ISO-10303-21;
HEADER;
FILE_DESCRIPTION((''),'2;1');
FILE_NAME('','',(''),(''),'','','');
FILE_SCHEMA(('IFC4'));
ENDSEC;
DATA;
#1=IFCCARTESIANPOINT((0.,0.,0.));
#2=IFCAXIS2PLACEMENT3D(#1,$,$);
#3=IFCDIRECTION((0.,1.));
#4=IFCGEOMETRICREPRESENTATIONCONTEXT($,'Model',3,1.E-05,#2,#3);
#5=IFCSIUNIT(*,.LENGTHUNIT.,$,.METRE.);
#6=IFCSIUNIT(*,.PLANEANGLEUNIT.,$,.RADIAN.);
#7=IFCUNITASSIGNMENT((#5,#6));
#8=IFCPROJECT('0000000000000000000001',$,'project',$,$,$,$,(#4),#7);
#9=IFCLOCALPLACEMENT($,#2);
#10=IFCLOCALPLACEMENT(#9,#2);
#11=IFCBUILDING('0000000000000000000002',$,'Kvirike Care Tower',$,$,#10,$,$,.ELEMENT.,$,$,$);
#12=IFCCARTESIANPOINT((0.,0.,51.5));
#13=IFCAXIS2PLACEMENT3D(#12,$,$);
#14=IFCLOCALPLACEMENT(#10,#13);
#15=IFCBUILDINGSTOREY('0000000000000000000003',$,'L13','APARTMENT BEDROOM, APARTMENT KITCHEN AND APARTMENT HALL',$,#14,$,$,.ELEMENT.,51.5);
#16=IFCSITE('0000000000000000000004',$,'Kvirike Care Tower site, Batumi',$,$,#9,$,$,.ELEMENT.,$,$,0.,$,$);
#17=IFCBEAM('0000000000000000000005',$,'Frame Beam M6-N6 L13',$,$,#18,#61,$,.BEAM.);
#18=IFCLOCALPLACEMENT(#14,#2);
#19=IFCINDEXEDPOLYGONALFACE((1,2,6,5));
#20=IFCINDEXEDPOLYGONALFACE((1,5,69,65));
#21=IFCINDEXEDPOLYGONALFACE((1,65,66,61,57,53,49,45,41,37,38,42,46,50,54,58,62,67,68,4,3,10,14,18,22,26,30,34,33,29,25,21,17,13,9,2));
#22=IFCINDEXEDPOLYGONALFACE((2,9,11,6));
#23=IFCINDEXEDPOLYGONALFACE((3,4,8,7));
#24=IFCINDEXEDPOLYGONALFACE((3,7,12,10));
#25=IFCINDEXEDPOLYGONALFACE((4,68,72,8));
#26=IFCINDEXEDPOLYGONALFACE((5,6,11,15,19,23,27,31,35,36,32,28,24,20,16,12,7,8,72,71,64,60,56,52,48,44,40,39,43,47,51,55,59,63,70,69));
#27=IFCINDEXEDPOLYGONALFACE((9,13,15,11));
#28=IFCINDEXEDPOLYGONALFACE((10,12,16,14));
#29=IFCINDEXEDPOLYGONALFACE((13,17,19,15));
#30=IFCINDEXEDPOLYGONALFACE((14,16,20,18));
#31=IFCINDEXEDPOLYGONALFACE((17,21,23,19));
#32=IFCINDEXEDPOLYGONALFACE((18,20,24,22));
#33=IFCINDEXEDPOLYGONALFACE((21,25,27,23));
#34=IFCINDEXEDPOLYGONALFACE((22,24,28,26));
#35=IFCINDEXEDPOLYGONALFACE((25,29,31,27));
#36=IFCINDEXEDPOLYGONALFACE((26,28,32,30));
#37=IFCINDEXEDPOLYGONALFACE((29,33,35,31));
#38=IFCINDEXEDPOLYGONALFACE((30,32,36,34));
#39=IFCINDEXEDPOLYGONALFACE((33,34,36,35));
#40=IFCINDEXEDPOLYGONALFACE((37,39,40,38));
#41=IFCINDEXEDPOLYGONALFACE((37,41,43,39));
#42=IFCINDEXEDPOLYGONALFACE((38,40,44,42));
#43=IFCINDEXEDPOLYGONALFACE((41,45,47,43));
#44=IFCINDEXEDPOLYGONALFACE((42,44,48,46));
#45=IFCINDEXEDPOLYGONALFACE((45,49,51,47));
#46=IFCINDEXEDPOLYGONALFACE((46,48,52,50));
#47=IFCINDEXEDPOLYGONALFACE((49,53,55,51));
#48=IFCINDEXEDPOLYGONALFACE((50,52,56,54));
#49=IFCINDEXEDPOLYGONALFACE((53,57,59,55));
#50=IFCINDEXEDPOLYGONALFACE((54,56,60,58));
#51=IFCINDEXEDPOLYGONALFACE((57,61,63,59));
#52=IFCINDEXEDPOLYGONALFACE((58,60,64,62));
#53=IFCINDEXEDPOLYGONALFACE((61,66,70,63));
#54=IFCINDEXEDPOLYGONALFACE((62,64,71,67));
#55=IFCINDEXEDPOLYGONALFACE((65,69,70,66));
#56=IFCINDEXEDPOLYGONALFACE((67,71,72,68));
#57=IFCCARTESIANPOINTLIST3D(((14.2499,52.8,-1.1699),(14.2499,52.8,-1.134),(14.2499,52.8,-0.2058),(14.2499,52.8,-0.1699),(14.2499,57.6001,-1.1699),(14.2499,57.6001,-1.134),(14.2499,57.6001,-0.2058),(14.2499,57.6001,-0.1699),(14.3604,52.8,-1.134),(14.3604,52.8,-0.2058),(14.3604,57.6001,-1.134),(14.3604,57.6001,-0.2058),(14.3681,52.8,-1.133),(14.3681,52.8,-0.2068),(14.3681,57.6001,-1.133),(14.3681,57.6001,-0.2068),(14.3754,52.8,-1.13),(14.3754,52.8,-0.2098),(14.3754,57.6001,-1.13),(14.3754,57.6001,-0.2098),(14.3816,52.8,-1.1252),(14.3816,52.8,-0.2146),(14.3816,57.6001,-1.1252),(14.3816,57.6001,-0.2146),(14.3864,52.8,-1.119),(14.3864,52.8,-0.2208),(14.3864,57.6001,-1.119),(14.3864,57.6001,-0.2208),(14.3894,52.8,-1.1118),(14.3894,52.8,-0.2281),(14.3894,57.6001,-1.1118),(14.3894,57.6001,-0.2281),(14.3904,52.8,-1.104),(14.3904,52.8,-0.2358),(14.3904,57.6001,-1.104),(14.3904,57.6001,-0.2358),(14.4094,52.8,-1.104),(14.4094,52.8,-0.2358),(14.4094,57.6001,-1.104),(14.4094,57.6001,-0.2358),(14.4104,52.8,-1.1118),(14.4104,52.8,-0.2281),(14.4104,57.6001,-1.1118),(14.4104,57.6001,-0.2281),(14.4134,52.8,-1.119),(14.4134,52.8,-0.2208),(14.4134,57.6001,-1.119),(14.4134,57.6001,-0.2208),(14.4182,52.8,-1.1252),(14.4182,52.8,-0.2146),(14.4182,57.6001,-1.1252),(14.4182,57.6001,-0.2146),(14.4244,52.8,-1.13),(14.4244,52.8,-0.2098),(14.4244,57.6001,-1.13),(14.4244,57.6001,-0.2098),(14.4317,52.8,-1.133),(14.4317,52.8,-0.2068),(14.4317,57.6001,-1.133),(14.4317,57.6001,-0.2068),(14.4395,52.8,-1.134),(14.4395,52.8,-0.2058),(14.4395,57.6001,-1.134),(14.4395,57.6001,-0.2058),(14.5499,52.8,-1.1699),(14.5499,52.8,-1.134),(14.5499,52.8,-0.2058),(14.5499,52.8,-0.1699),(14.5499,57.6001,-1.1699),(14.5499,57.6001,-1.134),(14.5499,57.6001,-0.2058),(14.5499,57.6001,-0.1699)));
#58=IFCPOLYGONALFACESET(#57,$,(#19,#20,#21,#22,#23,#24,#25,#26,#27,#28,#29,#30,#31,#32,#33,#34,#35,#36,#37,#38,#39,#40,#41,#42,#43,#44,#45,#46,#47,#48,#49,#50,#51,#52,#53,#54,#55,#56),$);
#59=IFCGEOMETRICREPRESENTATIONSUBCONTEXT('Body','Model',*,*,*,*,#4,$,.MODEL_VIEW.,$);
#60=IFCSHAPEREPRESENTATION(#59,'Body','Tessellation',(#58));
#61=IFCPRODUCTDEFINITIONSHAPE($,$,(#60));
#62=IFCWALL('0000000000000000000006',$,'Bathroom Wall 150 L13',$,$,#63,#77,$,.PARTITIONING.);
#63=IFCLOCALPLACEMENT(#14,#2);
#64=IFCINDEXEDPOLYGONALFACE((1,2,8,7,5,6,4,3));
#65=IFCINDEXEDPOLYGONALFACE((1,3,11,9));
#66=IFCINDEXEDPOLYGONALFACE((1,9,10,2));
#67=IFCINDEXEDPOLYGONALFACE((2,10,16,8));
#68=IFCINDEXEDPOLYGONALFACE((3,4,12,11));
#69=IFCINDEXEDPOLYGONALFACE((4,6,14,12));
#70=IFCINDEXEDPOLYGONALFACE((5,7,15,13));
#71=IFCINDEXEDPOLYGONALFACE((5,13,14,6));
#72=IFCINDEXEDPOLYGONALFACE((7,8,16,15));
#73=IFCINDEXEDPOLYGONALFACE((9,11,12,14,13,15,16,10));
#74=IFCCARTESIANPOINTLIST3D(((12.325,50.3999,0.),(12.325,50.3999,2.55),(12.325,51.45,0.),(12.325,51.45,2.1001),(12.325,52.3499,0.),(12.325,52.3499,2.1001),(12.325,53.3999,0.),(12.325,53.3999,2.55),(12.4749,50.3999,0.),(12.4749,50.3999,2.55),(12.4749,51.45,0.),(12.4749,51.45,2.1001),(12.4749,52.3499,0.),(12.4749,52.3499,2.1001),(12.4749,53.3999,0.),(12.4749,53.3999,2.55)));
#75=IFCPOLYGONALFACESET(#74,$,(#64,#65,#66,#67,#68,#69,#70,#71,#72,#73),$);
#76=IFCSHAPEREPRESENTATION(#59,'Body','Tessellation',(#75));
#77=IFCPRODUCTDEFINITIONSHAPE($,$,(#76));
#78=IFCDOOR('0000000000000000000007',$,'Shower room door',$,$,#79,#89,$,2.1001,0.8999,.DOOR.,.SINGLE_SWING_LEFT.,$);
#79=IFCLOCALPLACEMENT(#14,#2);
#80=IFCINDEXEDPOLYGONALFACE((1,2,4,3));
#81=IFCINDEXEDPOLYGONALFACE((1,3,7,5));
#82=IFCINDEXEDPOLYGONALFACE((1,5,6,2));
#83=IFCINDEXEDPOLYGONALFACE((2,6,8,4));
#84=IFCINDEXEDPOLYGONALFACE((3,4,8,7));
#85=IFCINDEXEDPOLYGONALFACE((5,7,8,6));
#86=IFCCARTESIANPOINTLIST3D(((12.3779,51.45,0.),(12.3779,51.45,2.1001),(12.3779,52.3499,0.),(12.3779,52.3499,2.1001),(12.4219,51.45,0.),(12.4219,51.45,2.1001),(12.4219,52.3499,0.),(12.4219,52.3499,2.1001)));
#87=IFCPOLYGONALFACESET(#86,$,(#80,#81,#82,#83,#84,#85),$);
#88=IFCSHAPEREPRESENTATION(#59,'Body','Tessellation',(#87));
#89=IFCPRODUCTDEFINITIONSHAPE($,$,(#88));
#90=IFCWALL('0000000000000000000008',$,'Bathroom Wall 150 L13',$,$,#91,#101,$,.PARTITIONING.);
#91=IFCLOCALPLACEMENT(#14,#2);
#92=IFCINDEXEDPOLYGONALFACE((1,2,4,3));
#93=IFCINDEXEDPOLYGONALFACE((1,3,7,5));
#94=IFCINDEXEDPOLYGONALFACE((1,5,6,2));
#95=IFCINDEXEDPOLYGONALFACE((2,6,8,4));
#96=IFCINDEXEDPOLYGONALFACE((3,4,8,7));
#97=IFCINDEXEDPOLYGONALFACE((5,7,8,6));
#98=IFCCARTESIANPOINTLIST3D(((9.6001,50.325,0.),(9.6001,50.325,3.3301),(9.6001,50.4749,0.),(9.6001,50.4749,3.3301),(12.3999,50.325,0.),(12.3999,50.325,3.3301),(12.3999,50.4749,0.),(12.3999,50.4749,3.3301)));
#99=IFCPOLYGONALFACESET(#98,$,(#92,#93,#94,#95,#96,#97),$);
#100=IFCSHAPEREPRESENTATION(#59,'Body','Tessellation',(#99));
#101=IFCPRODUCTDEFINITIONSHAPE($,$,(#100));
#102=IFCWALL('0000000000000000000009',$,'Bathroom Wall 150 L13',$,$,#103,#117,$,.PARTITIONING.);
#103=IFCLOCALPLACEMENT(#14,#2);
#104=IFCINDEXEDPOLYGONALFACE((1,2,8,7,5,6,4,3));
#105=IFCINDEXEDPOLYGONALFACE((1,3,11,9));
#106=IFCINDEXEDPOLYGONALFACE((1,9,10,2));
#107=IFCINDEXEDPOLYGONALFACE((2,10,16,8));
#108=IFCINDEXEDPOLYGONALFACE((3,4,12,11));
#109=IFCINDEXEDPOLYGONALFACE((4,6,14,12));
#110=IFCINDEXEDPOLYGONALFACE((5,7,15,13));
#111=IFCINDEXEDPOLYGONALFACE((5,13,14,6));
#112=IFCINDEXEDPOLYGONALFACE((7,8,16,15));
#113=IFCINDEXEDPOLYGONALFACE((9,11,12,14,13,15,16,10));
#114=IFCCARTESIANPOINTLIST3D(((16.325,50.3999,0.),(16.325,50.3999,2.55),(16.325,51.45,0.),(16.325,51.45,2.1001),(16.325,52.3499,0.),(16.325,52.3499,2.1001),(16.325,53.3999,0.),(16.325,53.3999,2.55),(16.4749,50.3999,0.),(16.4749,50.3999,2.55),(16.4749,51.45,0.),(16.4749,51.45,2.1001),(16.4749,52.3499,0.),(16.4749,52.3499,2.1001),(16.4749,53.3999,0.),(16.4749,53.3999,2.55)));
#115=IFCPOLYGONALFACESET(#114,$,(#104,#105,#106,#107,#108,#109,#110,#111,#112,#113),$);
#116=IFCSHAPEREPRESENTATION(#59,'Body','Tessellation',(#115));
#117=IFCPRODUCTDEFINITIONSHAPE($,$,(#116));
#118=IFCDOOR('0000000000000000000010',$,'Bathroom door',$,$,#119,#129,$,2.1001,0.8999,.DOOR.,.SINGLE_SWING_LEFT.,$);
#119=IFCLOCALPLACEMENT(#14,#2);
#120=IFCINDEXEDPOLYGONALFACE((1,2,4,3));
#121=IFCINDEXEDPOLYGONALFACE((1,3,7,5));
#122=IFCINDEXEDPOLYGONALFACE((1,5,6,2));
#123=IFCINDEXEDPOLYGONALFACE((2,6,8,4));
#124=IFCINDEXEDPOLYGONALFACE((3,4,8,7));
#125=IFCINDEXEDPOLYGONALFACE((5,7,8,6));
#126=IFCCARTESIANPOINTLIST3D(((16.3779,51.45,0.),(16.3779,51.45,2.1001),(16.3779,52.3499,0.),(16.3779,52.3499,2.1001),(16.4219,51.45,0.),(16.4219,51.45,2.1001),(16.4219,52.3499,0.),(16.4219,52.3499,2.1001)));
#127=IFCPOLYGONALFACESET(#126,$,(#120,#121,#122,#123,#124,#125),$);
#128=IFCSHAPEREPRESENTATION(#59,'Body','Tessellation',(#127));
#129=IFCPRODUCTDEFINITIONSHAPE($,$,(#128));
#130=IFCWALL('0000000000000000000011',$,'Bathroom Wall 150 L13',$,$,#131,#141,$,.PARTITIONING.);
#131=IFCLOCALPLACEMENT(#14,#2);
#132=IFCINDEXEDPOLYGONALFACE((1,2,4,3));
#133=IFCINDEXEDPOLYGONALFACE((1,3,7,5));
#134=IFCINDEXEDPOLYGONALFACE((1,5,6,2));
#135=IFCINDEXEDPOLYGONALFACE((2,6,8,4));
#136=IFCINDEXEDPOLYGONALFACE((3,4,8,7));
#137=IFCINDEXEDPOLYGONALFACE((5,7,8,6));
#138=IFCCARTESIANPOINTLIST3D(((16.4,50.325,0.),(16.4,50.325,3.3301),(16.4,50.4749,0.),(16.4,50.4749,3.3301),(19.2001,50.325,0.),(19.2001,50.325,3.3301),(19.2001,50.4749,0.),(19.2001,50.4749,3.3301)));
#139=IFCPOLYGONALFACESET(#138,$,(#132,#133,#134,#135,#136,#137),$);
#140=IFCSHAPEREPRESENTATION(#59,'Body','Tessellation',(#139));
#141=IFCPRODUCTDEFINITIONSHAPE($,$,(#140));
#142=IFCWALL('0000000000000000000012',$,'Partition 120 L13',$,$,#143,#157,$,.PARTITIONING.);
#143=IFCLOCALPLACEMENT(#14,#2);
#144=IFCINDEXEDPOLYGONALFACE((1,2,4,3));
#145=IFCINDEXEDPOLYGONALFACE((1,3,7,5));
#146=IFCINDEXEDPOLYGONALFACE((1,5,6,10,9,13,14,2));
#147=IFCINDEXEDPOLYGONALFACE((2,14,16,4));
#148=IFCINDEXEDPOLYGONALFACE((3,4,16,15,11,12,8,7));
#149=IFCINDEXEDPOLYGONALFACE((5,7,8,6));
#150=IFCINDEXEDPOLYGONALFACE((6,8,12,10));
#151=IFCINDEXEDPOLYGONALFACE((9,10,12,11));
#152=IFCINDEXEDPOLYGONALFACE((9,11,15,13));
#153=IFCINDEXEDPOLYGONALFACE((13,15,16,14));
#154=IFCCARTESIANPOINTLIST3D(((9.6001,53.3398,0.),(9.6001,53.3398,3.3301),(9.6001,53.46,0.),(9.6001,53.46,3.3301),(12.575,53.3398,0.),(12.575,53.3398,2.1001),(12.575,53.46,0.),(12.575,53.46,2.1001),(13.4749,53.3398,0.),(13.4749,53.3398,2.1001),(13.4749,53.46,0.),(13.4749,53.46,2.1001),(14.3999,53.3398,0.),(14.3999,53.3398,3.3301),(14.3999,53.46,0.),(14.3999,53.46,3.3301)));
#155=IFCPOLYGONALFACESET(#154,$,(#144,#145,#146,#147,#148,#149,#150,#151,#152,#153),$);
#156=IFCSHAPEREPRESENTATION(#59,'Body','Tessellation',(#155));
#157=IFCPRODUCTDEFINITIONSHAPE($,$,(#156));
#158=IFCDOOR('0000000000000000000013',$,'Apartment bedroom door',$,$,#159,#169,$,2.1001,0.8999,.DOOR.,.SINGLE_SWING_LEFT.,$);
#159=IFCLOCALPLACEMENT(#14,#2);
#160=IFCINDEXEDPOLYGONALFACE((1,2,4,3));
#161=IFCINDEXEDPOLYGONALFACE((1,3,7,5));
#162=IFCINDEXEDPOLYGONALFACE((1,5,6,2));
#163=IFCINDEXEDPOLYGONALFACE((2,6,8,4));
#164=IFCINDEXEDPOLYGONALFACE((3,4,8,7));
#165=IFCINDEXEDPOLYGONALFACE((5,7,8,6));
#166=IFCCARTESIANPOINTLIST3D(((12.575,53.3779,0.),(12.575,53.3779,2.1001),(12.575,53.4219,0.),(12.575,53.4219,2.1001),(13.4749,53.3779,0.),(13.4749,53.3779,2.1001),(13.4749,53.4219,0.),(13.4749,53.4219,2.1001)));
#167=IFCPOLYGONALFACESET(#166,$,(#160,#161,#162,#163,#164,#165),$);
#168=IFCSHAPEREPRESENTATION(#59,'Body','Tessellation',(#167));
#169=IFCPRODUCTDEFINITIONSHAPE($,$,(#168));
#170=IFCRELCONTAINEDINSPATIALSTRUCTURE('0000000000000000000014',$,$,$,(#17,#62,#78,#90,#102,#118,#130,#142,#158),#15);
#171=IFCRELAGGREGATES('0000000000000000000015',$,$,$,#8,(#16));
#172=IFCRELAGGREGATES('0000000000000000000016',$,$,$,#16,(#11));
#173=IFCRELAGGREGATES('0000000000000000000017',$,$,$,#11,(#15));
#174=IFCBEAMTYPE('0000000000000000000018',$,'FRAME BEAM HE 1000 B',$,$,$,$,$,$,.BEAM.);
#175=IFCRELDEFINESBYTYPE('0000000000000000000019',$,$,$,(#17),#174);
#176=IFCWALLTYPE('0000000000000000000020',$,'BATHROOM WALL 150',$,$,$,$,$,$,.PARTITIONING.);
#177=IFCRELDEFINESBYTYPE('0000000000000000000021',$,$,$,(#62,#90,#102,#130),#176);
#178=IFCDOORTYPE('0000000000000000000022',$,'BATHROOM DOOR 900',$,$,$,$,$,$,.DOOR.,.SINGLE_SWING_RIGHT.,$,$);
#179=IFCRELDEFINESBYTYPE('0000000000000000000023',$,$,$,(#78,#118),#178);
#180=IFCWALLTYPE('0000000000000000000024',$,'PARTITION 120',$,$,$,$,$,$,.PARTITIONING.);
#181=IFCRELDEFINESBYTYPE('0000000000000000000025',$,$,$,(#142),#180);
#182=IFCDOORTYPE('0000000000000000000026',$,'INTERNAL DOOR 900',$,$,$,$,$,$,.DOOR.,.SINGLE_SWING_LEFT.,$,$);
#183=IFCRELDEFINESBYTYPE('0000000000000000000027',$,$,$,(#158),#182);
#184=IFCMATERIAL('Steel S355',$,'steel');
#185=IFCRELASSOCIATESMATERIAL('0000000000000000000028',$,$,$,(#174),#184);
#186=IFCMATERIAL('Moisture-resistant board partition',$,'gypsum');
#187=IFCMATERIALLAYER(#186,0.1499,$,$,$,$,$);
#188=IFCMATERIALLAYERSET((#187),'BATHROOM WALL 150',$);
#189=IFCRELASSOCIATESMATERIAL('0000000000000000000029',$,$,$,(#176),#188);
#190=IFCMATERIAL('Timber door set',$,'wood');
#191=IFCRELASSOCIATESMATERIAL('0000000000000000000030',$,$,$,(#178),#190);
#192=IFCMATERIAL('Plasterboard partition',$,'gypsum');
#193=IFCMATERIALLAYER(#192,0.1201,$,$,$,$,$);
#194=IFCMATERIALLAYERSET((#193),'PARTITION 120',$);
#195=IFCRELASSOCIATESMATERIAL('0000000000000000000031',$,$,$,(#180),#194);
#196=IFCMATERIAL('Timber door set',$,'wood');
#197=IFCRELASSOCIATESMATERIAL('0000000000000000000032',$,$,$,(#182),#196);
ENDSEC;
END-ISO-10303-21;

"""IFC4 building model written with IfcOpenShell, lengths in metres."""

from ifc_helpers import new_model, si_unit, direction, frame, frame_2d, origin, origin_2d, place, context, subcontext, project, spatial, rectangle, i_section, extrude, material, layer, layer_set, material_profile, profile_set, type_object, element, fill, save


model = new_model("IFC4")

# Units and contexts
model_context = context("Model", 3, precision=1e-05, world=origin(), true_north=direction((0.0, 1.0)))
body_context = subcontext(model_context, "Body", "Model", "MODEL_VIEW")
ifc_project = project(units=[si_unit("LENGTHUNIT", "METRE"), si_unit("PLANEANGLEUNIT", "RADIAN")], contexts=[model_context])

# Site, building, storey
site_placement = place(None, origin())
site = spatial("IfcSite", under=ifc_project, at=site_placement, Name="Kvirike Care Tower site, Batumi", CompositionType="ELEMENT", RefElevation=0.0)
building_placement = place(site_placement, origin())
building = spatial("IfcBuilding", under=site, at=building_placement, Name="Kvirike Care Tower", CompositionType="ELEMENT")
storey_placement = place(building_placement, frame((0.0, 0.0, 51.5)))
storey = spatial("IfcBuildingStorey", under=building, at=storey_placement, Name="L13", Description="APARTMENT BEDROOM, APARTMENT KITCHEN AND APARTMENT HALL", CompositionType="ELEMENT", Elevation=51.5)

# Beam
ifc_material_1 = material(Name="Steel S355", Category="steel")
ifc_material_profile_1 = material_profile(ifc_material_1, i_section(OverallWidth=0.3, OverallDepth=1.0, WebThickness=0.019, FlangeThickness=0.0359, FilletRadius=0.03, at=origin_2d()), Name="HE 1000 B")
ifc_profile_set_1 = profile_set([ifc_material_profile_1], Name="Steel S355")
beam_type_1 = type_object("IfcBeamType", Name="FRAME BEAM HE 1000 B", PredefinedType="BEAM", material=ifc_profile_set_1)
for number, where, z_axis, x_axis, name in (
    (1, (14.3999, 52.8, -0.6699), (0.0, 1.0, 0.0), (-1.0, 0.0, 0.0), "Frame Beam M6-N6 L13"),
):
    element("IfcBeam", number, at=place(storey_placement, frame(where, z_axis=z_axis, x_axis=x_axis)), inside=storey, type_object=beam_type_1, Name=name, PredefinedType="BEAM", context=body_context, shape_type="SweptSolid", body=[
        extrude(i_section(OverallWidth=0.3, OverallDepth=1.0, WebThickness=0.019, FlangeThickness=0.0359, FilletRadius=0.03, at=origin_2d()), origin(), (0.0, 0.0, 1.0), 4.8),
    ])

# Wall, opening, door
ifc_material_2 = material(Name="Moisture-resistant board partition", Category="gypsum")
ifc_layer_1 = layer(ifc_material_2, 0.1499)
ifc_layer_set_1 = layer_set([ifc_layer_1], Name="BATHROOM WALL 150")
wall_type_1 = type_object("IfcWallType", Name="BATHROOM WALL 150", PredefinedType="PARTITIONING", material=ifc_layer_set_1)
wall_1_placement = place(storey_placement, frame((12.3999, 53.3999, 0.0), z_axis=(0.0, 0.0, 1.0), x_axis=(0.0, -1.0, 0.0)))
wall_1 = element("IfcWall", 2, at=wall_1_placement, inside=storey, type_object=wall_type_1, Name="Bathroom Wall 150 L13", PredefinedType="PARTITIONING", context=body_context, shape_type="SweptSolid", body=[
    extrude(rectangle(XDim=3.0, YDim=0.1499, at=frame_2d((1.5, 0.0))), origin(), (0.0, 0.0, 1.0), 2.55),
])
opening_1_placement = place(wall_1_placement, frame((1.05, 0.0, 0.0)))
opening_1 = element("IfcOpeningElement", 3, at=opening_1_placement, cuts=wall_1, PredefinedType="OPENING", context=body_context, shape_type="SweptSolid", body=[
    extrude(rectangle(XDim=0.8999, YDim=2.1001, at=frame_2d((0.45, 1.05))), frame((0.0, 0.0854, 0.0), z_axis=(0.0, -1.0, 0.0), x_axis=(1.0, 0.0, 0.0)), (0.0, 0.0, 1.0), 0.1709),
])
ifc_material_3 = material(Name="Timber door set", Category="wood")
door_type_1 = type_object("IfcDoorType", Name="BATHROOM DOOR 900", OperationType="SINGLE_SWING_RIGHT", PredefinedType="DOOR", material=ifc_material_3)
door_1_placement = place(opening_1_placement, frame((0.8999, 0.0, 0.0), z_axis=(0.0, 0.0, 1.0), x_axis=(-1.0, 0.0, 0.0)))
door_1 = element("IfcDoor", 4, at=door_1_placement, inside=storey, type_object=door_type_1, Name="Shower room door", OperationType="SINGLE_SWING_LEFT", OverallHeight=2.1001, OverallWidth=0.8999, PredefinedType="DOOR", context=body_context, shape_type="SweptSolid", body=[
    extrude(rectangle(XDim=0.8999, YDim=2.1001, at=frame_2d((0.45, 1.05))), frame((0.0, 0.022, 0.0), z_axis=(0.0, -1.0, 0.0), x_axis=(1.0, 0.0, 0.0)), (0.0, 0.0, 1.0), 0.0439),
])
fill(opening_1, door_1)

# Wall
wall_2_placement = place(storey_placement, frame((12.3999, 50.3999, 0.0), z_axis=(0.0, 0.0, 1.0), x_axis=(-1.0, 0.0, 0.0)))
element("IfcWall", 5, at=wall_2_placement, inside=storey, type_object=wall_type_1, Name="Bathroom Wall 150 L13", PredefinedType="PARTITIONING", context=body_context, shape_type="SweptSolid", body=[
    extrude(rectangle(XDim=2.7998, YDim=0.1499, at=frame_2d((1.3999, 0.0))), origin(), (0.0, 0.0, 1.0), 3.3301),
])

# Wall, opening, door
wall_3_placement = place(storey_placement, frame((16.3999, 53.3999, 0.0), z_axis=(0.0, 0.0, 1.0), x_axis=(0.0, -1.0, 0.0)))
wall_3 = element("IfcWall", 6, at=wall_3_placement, inside=storey, type_object=wall_type_1, Name="Bathroom Wall 150 L13", PredefinedType="PARTITIONING", context=body_context, shape_type="SweptSolid", body=[
    extrude(rectangle(XDim=3.0, YDim=0.1499, at=frame_2d((1.5, 0.0))), origin(), (0.0, 0.0, 1.0), 2.55),
])
opening_2_placement = place(wall_3_placement, frame((1.05, 0.0, 0.0)))
opening_2 = element("IfcOpeningElement", 7, at=opening_2_placement, cuts=wall_3, PredefinedType="OPENING", context=body_context, shape_type="SweptSolid", body=[
    extrude(rectangle(XDim=0.8999, YDim=2.1001, at=frame_2d((0.45, 1.05))), frame((0.0, 0.0854, 0.0), z_axis=(0.0, -1.0, 0.0), x_axis=(1.0, 0.0, 0.0)), (0.0, 0.0, 1.0), 0.1709),
])
door_2_placement = place(opening_2_placement, origin())
door_2 = element("IfcDoor", 8, at=door_2_placement, inside=storey, type_object=door_type_1, Name="Bathroom door", OperationType="SINGLE_SWING_LEFT", OverallHeight=2.1001, OverallWidth=0.8999, PredefinedType="DOOR", context=body_context, shape_type="SweptSolid", body=[
    extrude(rectangle(XDim=0.8999, YDim=2.1001, at=frame_2d((0.45, 1.05))), frame((0.0, 0.022, 0.0), z_axis=(0.0, -1.0, 0.0), x_axis=(1.0, 0.0, 0.0)), (0.0, 0.0, 1.0), 0.0439),
])
fill(opening_2, door_2)

# Wall
wall_4_placement = place(storey_placement, frame((19.2, 50.3999, 0.0), z_axis=(0.0, 0.0, 1.0), x_axis=(-1.0, 0.0, 0.0)))
element("IfcWall", 9, at=wall_4_placement, inside=storey, type_object=wall_type_1, Name="Bathroom Wall 150 L13", PredefinedType="PARTITIONING", context=body_context, shape_type="SweptSolid", body=[
    extrude(rectangle(XDim=2.8, YDim=0.1499, at=frame_2d((1.3999, 0.0))), origin(), (0.0, 0.0, 1.0), 3.3301),
])

# Wall, opening, door
ifc_material_4 = material(Name="Plasterboard partition", Category="gypsum")
ifc_layer_2 = layer(ifc_material_4, 0.1201)
ifc_layer_set_2 = layer_set([ifc_layer_2], Name="PARTITION 120")
wall_type_2 = type_object("IfcWallType", Name="PARTITION 120", PredefinedType="PARTITIONING", material=ifc_layer_set_2)
wall_5_placement = place(storey_placement, frame((14.3999, 53.3999, 0.0), z_axis=(0.0, 0.0, 1.0), x_axis=(-1.0, 0.0, 0.0)))
wall_5 = element("IfcWall", 10, at=wall_5_placement, inside=storey, type_object=wall_type_2, Name="Partition 120 L13", PredefinedType="PARTITIONING", context=body_context, shape_type="SweptSolid", body=[
    extrude(rectangle(XDim=4.7998, YDim=0.1201, at=frame_2d((2.3999, 0.0))), origin(), (0.0, 0.0, 1.0), 3.3301),
])
opening_3_placement = place(wall_5_placement, frame((0.925, 0.0, 0.0)))
opening_3 = element("IfcOpeningElement", 11, at=opening_3_placement, cuts=wall_5, PredefinedType="OPENING", context=body_context, shape_type="SweptSolid", body=[
    extrude(rectangle(XDim=0.8999, YDim=2.1001, at=frame_2d((0.45, 1.05))), frame((0.0, 0.0706, 0.0), z_axis=(0.0, -1.0, 0.0), x_axis=(1.0, 0.0, 0.0)), (0.0, 0.0, 1.0), 0.1411),
])
ifc_material_5 = material(Name="Timber door set", Category="wood")
door_type_2 = type_object("IfcDoorType", Name="INTERNAL DOOR 900", OperationType="SINGLE_SWING_LEFT", PredefinedType="DOOR", material=ifc_material_5)
door_3_placement = place(opening_3_placement, frame((0.8999, 0.0, 0.0), z_axis=(0.0, 0.0, 1.0), x_axis=(-1.0, 0.0, 0.0)))
door_3 = element("IfcDoor", 12, at=door_3_placement, inside=storey, type_object=door_type_2, Name="Apartment bedroom door", OperationType="SINGLE_SWING_LEFT", OverallHeight=2.1001, OverallWidth=0.8999, PredefinedType="DOOR", context=body_context, shape_type="SweptSolid", body=[
    extrude(rectangle(XDim=0.8999, YDim=2.1001, at=frame_2d((0.45, 1.05))), frame((0.0, 0.022, 0.0), z_axis=(0.0, -1.0, 0.0), x_axis=(1.0, 0.0, 0.0)), (0.0, 0.0, 1.0), 0.0439),
])
fill(opening_3, door_3)

save(model, "model.ifc")
